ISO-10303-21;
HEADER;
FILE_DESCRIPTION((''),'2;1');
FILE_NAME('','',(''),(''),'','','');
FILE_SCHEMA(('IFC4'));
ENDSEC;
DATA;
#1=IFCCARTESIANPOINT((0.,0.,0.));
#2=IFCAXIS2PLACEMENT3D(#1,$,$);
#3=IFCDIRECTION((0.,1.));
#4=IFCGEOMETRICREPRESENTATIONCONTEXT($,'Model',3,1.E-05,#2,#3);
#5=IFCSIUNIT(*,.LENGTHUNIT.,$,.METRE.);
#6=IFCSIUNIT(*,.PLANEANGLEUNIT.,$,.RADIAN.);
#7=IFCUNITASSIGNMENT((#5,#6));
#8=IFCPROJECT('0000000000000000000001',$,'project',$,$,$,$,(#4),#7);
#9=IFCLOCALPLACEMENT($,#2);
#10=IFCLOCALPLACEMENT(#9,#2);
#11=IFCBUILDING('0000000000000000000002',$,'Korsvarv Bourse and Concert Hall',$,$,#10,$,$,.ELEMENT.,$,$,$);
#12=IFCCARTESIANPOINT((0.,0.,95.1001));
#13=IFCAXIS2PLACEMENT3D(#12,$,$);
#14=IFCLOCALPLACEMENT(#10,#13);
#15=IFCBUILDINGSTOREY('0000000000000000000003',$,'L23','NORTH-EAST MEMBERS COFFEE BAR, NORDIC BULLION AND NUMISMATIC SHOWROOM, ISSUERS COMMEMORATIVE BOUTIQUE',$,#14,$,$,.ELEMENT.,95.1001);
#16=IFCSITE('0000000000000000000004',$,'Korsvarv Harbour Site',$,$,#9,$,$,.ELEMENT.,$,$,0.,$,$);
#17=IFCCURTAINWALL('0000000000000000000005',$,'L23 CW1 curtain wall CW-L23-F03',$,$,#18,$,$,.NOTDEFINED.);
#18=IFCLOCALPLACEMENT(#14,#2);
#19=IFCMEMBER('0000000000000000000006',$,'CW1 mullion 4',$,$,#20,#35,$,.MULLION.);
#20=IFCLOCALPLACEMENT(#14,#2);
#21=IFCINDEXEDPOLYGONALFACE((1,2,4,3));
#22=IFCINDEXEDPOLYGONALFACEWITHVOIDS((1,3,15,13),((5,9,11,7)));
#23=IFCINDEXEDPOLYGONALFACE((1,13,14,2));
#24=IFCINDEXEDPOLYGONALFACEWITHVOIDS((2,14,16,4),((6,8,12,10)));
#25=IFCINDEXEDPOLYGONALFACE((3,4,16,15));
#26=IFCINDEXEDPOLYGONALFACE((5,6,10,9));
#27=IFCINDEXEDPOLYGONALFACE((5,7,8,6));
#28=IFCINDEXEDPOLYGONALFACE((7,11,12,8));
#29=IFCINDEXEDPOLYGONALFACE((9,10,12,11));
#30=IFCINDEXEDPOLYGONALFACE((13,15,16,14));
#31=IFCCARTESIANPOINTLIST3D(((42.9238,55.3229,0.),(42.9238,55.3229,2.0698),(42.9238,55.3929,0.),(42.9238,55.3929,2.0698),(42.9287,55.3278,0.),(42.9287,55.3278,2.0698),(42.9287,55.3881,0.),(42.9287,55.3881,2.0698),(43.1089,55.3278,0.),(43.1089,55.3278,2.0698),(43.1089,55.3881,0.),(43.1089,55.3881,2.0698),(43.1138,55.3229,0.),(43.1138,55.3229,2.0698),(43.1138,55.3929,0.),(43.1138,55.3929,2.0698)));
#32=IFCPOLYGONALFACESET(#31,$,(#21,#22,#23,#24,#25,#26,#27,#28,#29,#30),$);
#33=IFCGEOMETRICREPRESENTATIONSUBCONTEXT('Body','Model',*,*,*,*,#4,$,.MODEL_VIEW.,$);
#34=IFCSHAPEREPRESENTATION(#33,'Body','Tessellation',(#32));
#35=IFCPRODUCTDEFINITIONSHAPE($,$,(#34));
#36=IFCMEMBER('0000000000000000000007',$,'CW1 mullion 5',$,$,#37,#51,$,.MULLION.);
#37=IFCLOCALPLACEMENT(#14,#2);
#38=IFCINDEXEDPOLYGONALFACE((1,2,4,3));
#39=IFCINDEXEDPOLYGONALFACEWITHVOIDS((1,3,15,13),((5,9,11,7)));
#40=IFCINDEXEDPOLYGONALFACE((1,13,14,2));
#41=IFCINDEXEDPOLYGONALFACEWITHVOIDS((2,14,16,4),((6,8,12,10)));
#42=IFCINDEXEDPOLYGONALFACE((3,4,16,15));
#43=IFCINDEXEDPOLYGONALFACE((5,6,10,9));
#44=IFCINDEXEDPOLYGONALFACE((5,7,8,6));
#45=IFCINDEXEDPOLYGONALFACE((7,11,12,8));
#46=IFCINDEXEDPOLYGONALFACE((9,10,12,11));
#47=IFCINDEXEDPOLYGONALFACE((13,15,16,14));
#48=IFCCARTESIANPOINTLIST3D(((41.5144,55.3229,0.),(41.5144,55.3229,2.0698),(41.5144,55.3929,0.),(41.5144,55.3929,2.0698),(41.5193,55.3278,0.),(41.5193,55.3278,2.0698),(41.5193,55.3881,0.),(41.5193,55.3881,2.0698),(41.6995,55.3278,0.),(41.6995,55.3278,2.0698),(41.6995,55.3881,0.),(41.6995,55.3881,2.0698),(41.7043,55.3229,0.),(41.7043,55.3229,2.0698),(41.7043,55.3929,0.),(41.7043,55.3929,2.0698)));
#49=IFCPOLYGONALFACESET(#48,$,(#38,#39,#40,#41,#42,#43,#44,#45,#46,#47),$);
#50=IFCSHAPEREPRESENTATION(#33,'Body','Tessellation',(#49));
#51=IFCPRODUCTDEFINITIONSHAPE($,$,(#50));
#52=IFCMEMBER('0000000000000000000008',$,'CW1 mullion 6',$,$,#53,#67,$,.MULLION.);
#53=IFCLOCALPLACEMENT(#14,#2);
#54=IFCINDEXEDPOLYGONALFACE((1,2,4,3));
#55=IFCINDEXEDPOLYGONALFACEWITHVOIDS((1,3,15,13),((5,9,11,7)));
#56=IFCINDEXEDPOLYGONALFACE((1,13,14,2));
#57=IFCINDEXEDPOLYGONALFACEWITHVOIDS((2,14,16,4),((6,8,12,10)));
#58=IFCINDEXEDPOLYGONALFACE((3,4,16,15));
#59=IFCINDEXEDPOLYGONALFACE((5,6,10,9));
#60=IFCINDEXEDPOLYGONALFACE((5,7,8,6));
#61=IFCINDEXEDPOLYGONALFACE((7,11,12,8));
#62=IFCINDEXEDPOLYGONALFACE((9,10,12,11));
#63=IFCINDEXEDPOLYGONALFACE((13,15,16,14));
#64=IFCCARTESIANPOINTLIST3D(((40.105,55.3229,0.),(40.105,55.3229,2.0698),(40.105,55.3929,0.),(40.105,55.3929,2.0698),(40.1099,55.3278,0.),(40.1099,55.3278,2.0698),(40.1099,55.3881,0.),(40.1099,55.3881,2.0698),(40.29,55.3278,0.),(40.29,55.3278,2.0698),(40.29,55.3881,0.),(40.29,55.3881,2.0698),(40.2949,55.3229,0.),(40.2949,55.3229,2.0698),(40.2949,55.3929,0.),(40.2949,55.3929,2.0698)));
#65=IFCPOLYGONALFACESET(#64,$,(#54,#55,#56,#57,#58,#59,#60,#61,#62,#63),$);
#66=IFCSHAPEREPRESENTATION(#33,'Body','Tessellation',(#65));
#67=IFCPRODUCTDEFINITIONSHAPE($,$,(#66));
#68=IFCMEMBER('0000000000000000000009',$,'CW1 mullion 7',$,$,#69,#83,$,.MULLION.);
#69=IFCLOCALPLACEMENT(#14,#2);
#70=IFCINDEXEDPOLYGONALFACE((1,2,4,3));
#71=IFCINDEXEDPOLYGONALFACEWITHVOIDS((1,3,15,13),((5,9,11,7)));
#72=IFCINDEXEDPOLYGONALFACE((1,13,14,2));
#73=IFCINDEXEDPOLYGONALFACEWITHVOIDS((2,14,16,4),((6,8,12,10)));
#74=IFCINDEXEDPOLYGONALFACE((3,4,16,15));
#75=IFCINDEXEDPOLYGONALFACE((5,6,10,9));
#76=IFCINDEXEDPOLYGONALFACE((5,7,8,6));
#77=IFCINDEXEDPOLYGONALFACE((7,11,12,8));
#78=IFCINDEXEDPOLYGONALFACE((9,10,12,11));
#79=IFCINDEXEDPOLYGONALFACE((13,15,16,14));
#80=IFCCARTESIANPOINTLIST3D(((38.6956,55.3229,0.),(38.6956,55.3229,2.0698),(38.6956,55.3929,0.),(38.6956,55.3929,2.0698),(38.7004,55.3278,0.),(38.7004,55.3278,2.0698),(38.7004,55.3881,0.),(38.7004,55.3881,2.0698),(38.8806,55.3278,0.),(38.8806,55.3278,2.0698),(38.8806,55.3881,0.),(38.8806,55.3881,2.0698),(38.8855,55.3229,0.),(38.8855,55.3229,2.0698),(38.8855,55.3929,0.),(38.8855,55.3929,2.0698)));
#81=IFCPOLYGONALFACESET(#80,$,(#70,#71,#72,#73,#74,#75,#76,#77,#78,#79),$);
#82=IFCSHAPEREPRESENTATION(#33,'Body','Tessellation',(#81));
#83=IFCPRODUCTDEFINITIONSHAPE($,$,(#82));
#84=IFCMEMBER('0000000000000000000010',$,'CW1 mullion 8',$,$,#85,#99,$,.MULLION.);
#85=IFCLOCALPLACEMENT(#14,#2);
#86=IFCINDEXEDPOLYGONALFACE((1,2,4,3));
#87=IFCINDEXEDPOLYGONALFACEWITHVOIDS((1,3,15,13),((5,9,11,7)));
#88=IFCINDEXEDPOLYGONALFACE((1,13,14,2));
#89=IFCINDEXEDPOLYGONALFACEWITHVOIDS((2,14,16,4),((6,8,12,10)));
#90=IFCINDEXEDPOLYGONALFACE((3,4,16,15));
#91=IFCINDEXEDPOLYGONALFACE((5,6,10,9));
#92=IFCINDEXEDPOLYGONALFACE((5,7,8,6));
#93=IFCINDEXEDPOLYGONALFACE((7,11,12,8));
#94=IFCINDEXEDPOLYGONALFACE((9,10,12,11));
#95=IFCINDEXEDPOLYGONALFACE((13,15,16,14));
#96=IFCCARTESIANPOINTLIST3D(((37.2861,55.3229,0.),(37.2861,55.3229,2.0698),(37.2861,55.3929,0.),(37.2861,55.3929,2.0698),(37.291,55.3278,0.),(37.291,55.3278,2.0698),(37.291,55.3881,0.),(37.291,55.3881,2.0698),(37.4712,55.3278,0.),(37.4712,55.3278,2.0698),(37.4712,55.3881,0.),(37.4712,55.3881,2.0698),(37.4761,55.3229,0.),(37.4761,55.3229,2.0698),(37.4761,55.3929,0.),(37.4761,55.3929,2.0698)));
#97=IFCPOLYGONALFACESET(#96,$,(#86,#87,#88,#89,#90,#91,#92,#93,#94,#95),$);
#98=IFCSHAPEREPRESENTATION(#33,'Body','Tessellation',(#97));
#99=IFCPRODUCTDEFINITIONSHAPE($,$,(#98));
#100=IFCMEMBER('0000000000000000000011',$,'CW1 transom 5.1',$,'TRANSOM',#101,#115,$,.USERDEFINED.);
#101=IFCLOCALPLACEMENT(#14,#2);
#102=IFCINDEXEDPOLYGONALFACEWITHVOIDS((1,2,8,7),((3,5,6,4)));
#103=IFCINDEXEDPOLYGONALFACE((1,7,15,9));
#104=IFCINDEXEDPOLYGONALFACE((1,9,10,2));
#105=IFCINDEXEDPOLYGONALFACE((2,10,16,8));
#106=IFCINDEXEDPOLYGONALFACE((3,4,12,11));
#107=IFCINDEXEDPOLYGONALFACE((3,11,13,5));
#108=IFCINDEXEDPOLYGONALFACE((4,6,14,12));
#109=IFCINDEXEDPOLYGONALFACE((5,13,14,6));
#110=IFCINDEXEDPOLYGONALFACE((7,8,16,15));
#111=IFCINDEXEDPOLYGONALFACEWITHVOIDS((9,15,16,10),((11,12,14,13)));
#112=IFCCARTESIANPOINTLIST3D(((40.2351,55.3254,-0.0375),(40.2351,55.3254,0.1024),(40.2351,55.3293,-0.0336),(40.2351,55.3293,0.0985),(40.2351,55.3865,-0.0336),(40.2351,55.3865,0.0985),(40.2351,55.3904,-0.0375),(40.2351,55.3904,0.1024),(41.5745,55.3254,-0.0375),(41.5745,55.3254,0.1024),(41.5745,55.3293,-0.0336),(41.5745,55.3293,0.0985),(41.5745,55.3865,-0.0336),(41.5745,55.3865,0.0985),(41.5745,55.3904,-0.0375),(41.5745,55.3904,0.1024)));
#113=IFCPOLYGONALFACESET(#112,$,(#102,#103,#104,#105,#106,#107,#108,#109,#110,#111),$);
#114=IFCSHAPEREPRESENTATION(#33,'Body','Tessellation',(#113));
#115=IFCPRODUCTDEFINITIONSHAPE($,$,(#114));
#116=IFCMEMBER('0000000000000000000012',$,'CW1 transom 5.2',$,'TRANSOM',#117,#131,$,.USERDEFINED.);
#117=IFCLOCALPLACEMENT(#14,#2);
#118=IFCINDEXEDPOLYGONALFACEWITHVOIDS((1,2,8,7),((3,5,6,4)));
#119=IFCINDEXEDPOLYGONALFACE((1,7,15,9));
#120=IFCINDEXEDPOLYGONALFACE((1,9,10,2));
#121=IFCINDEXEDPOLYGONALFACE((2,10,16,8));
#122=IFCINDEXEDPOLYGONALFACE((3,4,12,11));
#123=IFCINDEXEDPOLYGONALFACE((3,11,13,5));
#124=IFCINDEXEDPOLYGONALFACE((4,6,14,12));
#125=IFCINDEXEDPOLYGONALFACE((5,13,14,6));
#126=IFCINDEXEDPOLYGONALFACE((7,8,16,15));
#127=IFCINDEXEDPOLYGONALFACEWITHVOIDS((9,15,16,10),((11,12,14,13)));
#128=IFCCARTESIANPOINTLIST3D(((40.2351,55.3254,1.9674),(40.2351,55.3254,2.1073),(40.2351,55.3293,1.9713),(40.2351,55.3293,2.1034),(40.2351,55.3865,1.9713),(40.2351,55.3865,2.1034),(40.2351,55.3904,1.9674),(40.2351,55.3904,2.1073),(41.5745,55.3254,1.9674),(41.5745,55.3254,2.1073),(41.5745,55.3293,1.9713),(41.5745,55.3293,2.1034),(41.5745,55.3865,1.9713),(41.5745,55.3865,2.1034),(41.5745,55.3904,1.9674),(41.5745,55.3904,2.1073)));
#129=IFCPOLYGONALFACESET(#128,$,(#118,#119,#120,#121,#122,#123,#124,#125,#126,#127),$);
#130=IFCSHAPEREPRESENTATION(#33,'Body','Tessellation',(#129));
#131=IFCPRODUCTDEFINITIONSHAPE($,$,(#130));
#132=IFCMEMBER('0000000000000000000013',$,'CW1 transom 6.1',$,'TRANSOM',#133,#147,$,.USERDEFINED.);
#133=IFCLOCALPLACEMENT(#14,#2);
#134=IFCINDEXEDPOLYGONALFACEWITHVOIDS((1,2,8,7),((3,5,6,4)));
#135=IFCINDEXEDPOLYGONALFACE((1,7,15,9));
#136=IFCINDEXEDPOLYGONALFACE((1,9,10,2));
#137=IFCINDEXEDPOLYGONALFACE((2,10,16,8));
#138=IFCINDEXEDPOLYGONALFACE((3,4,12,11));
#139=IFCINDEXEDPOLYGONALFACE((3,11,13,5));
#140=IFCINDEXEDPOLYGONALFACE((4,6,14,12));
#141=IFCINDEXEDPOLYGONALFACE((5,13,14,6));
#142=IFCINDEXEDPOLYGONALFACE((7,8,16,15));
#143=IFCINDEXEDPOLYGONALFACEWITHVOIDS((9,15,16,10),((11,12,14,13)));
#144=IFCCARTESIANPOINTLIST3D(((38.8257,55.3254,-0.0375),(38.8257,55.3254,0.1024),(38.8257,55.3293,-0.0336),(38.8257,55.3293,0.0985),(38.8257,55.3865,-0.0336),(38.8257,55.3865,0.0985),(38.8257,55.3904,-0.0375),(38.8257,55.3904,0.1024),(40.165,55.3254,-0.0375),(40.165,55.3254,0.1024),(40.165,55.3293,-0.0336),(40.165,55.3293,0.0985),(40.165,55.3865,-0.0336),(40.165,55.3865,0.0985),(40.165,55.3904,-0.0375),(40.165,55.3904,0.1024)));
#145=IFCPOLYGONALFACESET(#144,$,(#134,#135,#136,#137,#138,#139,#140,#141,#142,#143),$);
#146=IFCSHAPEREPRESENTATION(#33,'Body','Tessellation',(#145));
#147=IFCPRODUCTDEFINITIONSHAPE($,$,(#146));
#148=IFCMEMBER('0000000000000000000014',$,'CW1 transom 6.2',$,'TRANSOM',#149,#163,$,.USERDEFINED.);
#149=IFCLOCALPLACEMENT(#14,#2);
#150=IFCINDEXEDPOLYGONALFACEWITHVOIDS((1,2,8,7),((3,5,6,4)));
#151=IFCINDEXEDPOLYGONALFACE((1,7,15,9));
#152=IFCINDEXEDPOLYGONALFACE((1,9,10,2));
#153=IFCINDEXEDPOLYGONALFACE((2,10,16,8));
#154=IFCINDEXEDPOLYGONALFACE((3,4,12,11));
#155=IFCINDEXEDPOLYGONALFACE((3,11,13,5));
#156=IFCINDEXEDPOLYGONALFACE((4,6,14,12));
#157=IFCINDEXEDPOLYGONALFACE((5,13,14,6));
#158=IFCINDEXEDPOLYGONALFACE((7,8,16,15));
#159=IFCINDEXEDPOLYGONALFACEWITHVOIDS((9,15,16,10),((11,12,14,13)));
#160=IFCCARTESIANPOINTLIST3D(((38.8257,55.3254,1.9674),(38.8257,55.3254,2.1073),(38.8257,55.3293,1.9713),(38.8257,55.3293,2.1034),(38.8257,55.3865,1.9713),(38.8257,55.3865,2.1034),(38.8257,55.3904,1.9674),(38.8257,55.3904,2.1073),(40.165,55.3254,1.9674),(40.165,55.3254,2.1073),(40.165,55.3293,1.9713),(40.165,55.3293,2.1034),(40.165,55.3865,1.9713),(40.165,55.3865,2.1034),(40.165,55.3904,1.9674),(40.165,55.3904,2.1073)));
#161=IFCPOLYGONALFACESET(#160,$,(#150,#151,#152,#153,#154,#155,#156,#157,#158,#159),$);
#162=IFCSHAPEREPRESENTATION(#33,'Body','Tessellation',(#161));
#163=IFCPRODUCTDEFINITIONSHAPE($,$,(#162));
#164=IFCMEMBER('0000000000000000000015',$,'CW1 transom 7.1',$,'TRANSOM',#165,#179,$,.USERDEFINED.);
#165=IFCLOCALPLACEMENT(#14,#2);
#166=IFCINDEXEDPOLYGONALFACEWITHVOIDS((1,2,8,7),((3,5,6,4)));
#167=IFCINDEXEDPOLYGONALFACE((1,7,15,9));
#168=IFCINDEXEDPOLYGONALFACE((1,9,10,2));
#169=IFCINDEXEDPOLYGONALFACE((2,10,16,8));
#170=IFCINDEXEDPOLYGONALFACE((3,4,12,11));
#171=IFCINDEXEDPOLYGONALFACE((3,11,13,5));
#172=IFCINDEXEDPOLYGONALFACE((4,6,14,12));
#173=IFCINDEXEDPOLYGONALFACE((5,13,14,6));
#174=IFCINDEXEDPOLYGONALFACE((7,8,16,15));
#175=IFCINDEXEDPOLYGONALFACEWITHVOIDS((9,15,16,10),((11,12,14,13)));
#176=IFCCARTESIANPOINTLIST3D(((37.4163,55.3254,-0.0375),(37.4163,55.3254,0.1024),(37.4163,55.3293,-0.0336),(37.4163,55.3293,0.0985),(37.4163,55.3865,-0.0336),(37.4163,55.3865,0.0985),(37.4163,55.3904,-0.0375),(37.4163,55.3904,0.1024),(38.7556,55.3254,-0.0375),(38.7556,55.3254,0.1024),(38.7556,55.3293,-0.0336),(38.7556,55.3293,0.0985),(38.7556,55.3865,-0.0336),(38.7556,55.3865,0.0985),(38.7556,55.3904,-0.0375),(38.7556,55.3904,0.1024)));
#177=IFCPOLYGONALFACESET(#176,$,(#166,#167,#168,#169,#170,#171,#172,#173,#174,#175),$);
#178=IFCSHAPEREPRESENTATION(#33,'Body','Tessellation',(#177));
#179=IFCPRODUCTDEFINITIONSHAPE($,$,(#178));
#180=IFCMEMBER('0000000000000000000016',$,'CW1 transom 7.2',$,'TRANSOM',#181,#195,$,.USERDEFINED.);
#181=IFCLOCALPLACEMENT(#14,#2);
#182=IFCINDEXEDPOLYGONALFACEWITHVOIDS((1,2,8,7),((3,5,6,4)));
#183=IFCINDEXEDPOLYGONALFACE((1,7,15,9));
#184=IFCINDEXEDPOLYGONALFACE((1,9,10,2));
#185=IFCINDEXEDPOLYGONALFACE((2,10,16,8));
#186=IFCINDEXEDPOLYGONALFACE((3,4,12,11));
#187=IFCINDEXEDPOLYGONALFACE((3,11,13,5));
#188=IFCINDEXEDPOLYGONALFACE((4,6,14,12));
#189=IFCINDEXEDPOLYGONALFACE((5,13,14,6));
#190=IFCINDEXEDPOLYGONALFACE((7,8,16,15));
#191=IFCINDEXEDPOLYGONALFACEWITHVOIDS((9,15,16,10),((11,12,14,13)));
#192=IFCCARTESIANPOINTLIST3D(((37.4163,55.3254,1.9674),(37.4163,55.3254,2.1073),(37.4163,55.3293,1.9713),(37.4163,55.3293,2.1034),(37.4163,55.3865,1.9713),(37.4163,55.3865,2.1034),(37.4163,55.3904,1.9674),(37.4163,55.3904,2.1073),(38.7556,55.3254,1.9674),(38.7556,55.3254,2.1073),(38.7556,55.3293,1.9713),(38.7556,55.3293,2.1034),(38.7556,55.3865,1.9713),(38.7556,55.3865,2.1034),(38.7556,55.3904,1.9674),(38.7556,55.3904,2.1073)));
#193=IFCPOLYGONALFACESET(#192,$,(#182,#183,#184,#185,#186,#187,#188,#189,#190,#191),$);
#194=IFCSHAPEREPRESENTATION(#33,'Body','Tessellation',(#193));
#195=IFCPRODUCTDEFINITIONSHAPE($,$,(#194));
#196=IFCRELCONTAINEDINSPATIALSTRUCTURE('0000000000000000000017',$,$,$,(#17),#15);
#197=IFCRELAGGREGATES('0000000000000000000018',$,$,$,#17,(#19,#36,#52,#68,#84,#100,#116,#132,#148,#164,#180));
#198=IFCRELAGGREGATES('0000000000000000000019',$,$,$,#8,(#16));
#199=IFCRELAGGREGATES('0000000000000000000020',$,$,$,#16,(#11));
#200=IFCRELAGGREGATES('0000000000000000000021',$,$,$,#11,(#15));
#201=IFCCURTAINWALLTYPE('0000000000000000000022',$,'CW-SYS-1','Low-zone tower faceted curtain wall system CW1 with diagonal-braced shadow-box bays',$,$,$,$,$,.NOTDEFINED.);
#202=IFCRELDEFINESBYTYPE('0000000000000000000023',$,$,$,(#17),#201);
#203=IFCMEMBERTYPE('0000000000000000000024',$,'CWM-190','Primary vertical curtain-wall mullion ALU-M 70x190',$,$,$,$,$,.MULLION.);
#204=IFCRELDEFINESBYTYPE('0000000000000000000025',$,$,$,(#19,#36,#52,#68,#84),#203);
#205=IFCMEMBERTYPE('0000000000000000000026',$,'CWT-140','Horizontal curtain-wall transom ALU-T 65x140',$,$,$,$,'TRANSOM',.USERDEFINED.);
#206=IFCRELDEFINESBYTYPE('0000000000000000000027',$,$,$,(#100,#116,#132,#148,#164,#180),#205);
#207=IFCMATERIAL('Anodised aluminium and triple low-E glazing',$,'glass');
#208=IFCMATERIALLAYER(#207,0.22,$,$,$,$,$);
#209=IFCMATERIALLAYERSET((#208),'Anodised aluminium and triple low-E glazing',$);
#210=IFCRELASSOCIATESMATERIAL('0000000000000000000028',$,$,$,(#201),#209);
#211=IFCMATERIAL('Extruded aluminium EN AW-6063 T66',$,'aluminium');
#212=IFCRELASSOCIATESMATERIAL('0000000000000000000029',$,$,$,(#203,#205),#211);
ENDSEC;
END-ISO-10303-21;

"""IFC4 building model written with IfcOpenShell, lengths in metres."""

from ifc_helpers import new_model, si_unit, direction, frame, origin, origin_2d, place, context, subcontext, project, spatial, hollow_rectangle, extrude, source, transform, mapped, material, layer, layer_set, material_profile, profile_set, type_object, element, aggregate, save


model = new_model("IFC4")

# Units and contexts
model_context = context("Model", 3, precision=1e-05, world=origin(), true_north=direction((0.0, 1.0)))
body_context = subcontext(model_context, "Body", "Model", "MODEL_VIEW")
ifc_project = project(units=[si_unit("LENGTHUNIT", "METRE"), si_unit("PLANEANGLEUNIT", "RADIAN")], contexts=[model_context])

# Site, building, storey
site_placement = place(None, origin())
site = spatial("IfcSite", under=ifc_project, at=site_placement, Name="Korsvarv Harbour Site", CompositionType="ELEMENT", RefElevation=0.0)
building_placement = place(site_placement, origin())
building = spatial("IfcBuilding", under=site, at=building_placement, Name="Korsvarv Bourse and Concert Hall", CompositionType="ELEMENT")
storey_placement = place(building_placement, frame((0.0, 0.0, 95.1001)))
storey = spatial("IfcBuildingStorey", under=building, at=storey_placement, Name="L23", Description="NORTH-EAST MEMBERS COFFEE BAR, NORDIC BULLION AND NUMISMATIC SHOWROOM, ISSUERS COMMEMORATIVE BOUTIQUE", CompositionType="ELEMENT", Elevation=95.1001)

# Curtain wall, members
ifc_material_1 = material(Name="Anodised aluminium and triple low-E glazing", Category="glass")
ifc_layer_1 = layer(ifc_material_1, 0.22)
ifc_layer_set_1 = layer_set([ifc_layer_1], Name="Anodised aluminium and triple low-E glazing")
curtain_wall_type = type_object("IfcCurtainWallType", Name="CW-SYS-1", Description="Low-zone tower faceted curtain wall system CW1 with diagonal-braced shadow-box bays", PredefinedType="NOTDEFINED", material=ifc_layer_set_1)
curtain_wall_placement = place(storey_placement, origin())
curtain_wall = element("IfcCurtainWall", 1, at=curtain_wall_placement, inside=storey, type_object=curtain_wall_type, Name="L23 CW1 curtain wall CW-L23-F03", PredefinedType="NOTDEFINED")
ifc_material_2 = material(Name="Extruded aluminium EN AW-6063 T66", Category="aluminium")
ifc_material_profile_1 = material_profile(ifc_material_2, hollow_rectangle(XDim=0.0701, YDim=0.1899, WallThickness=0.0049, at=origin_2d()), Name="ALU-M 70x190")
ifc_profile_set_1 = profile_set([ifc_material_profile_1], Name="Extruded aluminium EN AW-6063 T66")
member_type_1 = type_object("IfcMemberType", Name="CWM-190", Description="Primary vertical curtain-wall mullion ALU-M 70x190", PredefinedType="MULLION", material=ifc_profile_set_1)
shared_shape_1 = source(origin(), body_context, "Body", "SweptSolid", [
    extrude(hollow_rectangle(XDim=0.0701, YDim=0.1899, WallThickness=0.0049, at=origin_2d()), origin(), (0.0, 0.0, 1.0), 2.0698),
])
member_1_placement = place(storey_placement, frame((43.0188, 55.3579, 0.0), z_axis=(0.0, 0.0, 1.0), x_axis=(0.0, -1.0, 0.0)))
member_1 = element("IfcMember", 2, at=member_1_placement, type_object=member_type_1, Name="CW1 mullion 4", PredefinedType="MULLION", context=body_context, shape_type="MappedRepresentation", body=[
    mapped(shared_shape_1, transform((0.0, 0.0, 0.0), scale=1.0)),
])
member_2_placement = place(storey_placement, frame((41.6094, 55.3579, 0.0), z_axis=(0.0, 0.0, 1.0), x_axis=(0.0, -1.0, 0.0)))
member_2 = element("IfcMember", 3, at=member_2_placement, type_object=member_type_1, Name="CW1 mullion 5", PredefinedType="MULLION", context=body_context, shape_type="MappedRepresentation", body=[
    mapped(shared_shape_1, transform((0.0, 0.0, 0.0), scale=1.0)),
])
member_3_placement = place(storey_placement, frame((40.2, 55.3579, 0.0), z_axis=(0.0, 0.0, 1.0), x_axis=(0.0, -1.0, 0.0)))
member_3 = element("IfcMember", 4, at=member_3_placement, type_object=member_type_1, Name="CW1 mullion 6", PredefinedType="MULLION", context=body_context, shape_type="MappedRepresentation", body=[
    mapped(shared_shape_1, transform((0.0, 0.0, 0.0), scale=1.0)),
])
member_4_placement = place(storey_placement, frame((38.7905, 55.3579, 0.0), z_axis=(0.0, 0.0, 1.0), x_axis=(0.0, -1.0, 0.0)))
member_4 = element("IfcMember", 5, at=member_4_placement, type_object=member_type_1, Name="CW1 mullion 7", PredefinedType="MULLION", context=body_context, shape_type="MappedRepresentation", body=[
    mapped(shared_shape_1, transform((0.0, 0.0, 0.0), scale=1.0)),
])
member_5_placement = place(storey_placement, frame((37.3811, 55.3579, 0.0), z_axis=(0.0, 0.0, 1.0), x_axis=(0.0, -1.0, 0.0)))
member_5 = element("IfcMember", 6, at=member_5_placement, type_object=member_type_1, Name="CW1 mullion 8", PredefinedType="MULLION", context=body_context, shape_type="MappedRepresentation", body=[
    mapped(shared_shape_1, transform((0.0, 0.0, 0.0), scale=1.0)),
])
ifc_material_profile_2 = material_profile(ifc_material_2, hollow_rectangle(XDim=0.0649, YDim=0.1399, WallThickness=0.0039, at=origin_2d()), Name="ALU-T 65x140")
ifc_profile_set_2 = profile_set([ifc_material_profile_2], Name="Extruded aluminium EN AW-6063 T66")
member_type_2 = type_object("IfcMemberType", Name="CWT-140", Description="Horizontal curtain-wall transom ALU-T 65x140", ElementType="TRANSOM", PredefinedType="USERDEFINED", material=ifc_profile_set_2)
shared_shape_2 = source(origin(), body_context, "Body", "SweptSolid", [
    extrude(hollow_rectangle(XDim=0.0649, YDim=0.1399, WallThickness=0.0039, at=origin_2d()), origin(), (0.0, 0.0, 1.0), 1.3394),
])
member_6_placement = place(storey_placement, frame((41.5745, 55.3579, 0.0325), z_axis=(-1.0, 0.0, 0.0), x_axis=(0.0, -1.0, 0.0)))
member_6 = element("IfcMember", 7, at=member_6_placement, type_object=member_type_2, Name="CW1 transom 5.1", ObjectType="TRANSOM", PredefinedType="USERDEFINED", context=body_context, shape_type="MappedRepresentation", body=[
    mapped(shared_shape_2, transform((0.0, 0.0, 0.0), scale=1.0)),
])
member_7_placement = place(storey_placement, frame((41.5745, 55.3579, 2.0374), z_axis=(-1.0, 0.0, 0.0), x_axis=(0.0, -1.0, 0.0)))
member_7 = element("IfcMember", 8, at=member_7_placement, type_object=member_type_2, Name="CW1 transom 5.2", ObjectType="TRANSOM", PredefinedType="USERDEFINED", context=body_context, shape_type="MappedRepresentation", body=[
    mapped(shared_shape_2, transform((0.0, 0.0, 0.0), scale=1.0)),
])
member_8_placement = place(storey_placement, frame((40.165, 55.3579, 0.0325), z_axis=(-1.0, 0.0, 0.0), x_axis=(0.0, -1.0, 0.0)))
member_8 = element("IfcMember", 9, at=member_8_placement, type_object=member_type_2, Name="CW1 transom 6.1", ObjectType="TRANSOM", PredefinedType="USERDEFINED", context=body_context, shape_type="MappedRepresentation", body=[
    mapped(shared_shape_2, transform((0.0, 0.0, 0.0), scale=1.0)),
])
member_9_placement = place(storey_placement, frame((40.165, 55.3579, 2.0374), z_axis=(-1.0, 0.0, 0.0), x_axis=(0.0, -1.0, 0.0)))
member_9 = element("IfcMember", 10, at=member_9_placement, type_object=member_type_2, Name="CW1 transom 6.2", ObjectType="TRANSOM", PredefinedType="USERDEFINED", context=body_context, shape_type="MappedRepresentation", body=[
    mapped(shared_shape_2, transform((0.0, 0.0, 0.0), scale=1.0)),
])
member_10_placement = place(storey_placement, frame((38.7556, 55.3579, 0.0325), z_axis=(-1.0, 0.0, 0.0), x_axis=(0.0, -1.0, 0.0)))
member_10 = element("IfcMember", 11, at=member_10_placement, type_object=member_type_2, Name="CW1 transom 7.1", ObjectType="TRANSOM", PredefinedType="USERDEFINED", context=body_context, shape_type="MappedRepresentation", body=[
    mapped(shared_shape_2, transform((0.0, 0.0, 0.0), scale=1.0)),
])
member_11_placement = place(storey_placement, frame((38.7556, 55.3579, 2.0374), z_axis=(-1.0, 0.0, 0.0), x_axis=(0.0, -1.0, 0.0)))
member_11 = element("IfcMember", 12, at=member_11_placement, type_object=member_type_2, Name="CW1 transom 7.2", ObjectType="TRANSOM", PredefinedType="USERDEFINED", context=body_context, shape_type="MappedRepresentation", body=[
    mapped(shared_shape_2, transform((0.0, 0.0, 0.0), scale=1.0)),
])
aggregate(curtain_wall, [member_1, member_2, member_3, member_4, member_5, member_6, member_7, member_8, member_9, member_10, member_11])

save(model, "model.ifc")
